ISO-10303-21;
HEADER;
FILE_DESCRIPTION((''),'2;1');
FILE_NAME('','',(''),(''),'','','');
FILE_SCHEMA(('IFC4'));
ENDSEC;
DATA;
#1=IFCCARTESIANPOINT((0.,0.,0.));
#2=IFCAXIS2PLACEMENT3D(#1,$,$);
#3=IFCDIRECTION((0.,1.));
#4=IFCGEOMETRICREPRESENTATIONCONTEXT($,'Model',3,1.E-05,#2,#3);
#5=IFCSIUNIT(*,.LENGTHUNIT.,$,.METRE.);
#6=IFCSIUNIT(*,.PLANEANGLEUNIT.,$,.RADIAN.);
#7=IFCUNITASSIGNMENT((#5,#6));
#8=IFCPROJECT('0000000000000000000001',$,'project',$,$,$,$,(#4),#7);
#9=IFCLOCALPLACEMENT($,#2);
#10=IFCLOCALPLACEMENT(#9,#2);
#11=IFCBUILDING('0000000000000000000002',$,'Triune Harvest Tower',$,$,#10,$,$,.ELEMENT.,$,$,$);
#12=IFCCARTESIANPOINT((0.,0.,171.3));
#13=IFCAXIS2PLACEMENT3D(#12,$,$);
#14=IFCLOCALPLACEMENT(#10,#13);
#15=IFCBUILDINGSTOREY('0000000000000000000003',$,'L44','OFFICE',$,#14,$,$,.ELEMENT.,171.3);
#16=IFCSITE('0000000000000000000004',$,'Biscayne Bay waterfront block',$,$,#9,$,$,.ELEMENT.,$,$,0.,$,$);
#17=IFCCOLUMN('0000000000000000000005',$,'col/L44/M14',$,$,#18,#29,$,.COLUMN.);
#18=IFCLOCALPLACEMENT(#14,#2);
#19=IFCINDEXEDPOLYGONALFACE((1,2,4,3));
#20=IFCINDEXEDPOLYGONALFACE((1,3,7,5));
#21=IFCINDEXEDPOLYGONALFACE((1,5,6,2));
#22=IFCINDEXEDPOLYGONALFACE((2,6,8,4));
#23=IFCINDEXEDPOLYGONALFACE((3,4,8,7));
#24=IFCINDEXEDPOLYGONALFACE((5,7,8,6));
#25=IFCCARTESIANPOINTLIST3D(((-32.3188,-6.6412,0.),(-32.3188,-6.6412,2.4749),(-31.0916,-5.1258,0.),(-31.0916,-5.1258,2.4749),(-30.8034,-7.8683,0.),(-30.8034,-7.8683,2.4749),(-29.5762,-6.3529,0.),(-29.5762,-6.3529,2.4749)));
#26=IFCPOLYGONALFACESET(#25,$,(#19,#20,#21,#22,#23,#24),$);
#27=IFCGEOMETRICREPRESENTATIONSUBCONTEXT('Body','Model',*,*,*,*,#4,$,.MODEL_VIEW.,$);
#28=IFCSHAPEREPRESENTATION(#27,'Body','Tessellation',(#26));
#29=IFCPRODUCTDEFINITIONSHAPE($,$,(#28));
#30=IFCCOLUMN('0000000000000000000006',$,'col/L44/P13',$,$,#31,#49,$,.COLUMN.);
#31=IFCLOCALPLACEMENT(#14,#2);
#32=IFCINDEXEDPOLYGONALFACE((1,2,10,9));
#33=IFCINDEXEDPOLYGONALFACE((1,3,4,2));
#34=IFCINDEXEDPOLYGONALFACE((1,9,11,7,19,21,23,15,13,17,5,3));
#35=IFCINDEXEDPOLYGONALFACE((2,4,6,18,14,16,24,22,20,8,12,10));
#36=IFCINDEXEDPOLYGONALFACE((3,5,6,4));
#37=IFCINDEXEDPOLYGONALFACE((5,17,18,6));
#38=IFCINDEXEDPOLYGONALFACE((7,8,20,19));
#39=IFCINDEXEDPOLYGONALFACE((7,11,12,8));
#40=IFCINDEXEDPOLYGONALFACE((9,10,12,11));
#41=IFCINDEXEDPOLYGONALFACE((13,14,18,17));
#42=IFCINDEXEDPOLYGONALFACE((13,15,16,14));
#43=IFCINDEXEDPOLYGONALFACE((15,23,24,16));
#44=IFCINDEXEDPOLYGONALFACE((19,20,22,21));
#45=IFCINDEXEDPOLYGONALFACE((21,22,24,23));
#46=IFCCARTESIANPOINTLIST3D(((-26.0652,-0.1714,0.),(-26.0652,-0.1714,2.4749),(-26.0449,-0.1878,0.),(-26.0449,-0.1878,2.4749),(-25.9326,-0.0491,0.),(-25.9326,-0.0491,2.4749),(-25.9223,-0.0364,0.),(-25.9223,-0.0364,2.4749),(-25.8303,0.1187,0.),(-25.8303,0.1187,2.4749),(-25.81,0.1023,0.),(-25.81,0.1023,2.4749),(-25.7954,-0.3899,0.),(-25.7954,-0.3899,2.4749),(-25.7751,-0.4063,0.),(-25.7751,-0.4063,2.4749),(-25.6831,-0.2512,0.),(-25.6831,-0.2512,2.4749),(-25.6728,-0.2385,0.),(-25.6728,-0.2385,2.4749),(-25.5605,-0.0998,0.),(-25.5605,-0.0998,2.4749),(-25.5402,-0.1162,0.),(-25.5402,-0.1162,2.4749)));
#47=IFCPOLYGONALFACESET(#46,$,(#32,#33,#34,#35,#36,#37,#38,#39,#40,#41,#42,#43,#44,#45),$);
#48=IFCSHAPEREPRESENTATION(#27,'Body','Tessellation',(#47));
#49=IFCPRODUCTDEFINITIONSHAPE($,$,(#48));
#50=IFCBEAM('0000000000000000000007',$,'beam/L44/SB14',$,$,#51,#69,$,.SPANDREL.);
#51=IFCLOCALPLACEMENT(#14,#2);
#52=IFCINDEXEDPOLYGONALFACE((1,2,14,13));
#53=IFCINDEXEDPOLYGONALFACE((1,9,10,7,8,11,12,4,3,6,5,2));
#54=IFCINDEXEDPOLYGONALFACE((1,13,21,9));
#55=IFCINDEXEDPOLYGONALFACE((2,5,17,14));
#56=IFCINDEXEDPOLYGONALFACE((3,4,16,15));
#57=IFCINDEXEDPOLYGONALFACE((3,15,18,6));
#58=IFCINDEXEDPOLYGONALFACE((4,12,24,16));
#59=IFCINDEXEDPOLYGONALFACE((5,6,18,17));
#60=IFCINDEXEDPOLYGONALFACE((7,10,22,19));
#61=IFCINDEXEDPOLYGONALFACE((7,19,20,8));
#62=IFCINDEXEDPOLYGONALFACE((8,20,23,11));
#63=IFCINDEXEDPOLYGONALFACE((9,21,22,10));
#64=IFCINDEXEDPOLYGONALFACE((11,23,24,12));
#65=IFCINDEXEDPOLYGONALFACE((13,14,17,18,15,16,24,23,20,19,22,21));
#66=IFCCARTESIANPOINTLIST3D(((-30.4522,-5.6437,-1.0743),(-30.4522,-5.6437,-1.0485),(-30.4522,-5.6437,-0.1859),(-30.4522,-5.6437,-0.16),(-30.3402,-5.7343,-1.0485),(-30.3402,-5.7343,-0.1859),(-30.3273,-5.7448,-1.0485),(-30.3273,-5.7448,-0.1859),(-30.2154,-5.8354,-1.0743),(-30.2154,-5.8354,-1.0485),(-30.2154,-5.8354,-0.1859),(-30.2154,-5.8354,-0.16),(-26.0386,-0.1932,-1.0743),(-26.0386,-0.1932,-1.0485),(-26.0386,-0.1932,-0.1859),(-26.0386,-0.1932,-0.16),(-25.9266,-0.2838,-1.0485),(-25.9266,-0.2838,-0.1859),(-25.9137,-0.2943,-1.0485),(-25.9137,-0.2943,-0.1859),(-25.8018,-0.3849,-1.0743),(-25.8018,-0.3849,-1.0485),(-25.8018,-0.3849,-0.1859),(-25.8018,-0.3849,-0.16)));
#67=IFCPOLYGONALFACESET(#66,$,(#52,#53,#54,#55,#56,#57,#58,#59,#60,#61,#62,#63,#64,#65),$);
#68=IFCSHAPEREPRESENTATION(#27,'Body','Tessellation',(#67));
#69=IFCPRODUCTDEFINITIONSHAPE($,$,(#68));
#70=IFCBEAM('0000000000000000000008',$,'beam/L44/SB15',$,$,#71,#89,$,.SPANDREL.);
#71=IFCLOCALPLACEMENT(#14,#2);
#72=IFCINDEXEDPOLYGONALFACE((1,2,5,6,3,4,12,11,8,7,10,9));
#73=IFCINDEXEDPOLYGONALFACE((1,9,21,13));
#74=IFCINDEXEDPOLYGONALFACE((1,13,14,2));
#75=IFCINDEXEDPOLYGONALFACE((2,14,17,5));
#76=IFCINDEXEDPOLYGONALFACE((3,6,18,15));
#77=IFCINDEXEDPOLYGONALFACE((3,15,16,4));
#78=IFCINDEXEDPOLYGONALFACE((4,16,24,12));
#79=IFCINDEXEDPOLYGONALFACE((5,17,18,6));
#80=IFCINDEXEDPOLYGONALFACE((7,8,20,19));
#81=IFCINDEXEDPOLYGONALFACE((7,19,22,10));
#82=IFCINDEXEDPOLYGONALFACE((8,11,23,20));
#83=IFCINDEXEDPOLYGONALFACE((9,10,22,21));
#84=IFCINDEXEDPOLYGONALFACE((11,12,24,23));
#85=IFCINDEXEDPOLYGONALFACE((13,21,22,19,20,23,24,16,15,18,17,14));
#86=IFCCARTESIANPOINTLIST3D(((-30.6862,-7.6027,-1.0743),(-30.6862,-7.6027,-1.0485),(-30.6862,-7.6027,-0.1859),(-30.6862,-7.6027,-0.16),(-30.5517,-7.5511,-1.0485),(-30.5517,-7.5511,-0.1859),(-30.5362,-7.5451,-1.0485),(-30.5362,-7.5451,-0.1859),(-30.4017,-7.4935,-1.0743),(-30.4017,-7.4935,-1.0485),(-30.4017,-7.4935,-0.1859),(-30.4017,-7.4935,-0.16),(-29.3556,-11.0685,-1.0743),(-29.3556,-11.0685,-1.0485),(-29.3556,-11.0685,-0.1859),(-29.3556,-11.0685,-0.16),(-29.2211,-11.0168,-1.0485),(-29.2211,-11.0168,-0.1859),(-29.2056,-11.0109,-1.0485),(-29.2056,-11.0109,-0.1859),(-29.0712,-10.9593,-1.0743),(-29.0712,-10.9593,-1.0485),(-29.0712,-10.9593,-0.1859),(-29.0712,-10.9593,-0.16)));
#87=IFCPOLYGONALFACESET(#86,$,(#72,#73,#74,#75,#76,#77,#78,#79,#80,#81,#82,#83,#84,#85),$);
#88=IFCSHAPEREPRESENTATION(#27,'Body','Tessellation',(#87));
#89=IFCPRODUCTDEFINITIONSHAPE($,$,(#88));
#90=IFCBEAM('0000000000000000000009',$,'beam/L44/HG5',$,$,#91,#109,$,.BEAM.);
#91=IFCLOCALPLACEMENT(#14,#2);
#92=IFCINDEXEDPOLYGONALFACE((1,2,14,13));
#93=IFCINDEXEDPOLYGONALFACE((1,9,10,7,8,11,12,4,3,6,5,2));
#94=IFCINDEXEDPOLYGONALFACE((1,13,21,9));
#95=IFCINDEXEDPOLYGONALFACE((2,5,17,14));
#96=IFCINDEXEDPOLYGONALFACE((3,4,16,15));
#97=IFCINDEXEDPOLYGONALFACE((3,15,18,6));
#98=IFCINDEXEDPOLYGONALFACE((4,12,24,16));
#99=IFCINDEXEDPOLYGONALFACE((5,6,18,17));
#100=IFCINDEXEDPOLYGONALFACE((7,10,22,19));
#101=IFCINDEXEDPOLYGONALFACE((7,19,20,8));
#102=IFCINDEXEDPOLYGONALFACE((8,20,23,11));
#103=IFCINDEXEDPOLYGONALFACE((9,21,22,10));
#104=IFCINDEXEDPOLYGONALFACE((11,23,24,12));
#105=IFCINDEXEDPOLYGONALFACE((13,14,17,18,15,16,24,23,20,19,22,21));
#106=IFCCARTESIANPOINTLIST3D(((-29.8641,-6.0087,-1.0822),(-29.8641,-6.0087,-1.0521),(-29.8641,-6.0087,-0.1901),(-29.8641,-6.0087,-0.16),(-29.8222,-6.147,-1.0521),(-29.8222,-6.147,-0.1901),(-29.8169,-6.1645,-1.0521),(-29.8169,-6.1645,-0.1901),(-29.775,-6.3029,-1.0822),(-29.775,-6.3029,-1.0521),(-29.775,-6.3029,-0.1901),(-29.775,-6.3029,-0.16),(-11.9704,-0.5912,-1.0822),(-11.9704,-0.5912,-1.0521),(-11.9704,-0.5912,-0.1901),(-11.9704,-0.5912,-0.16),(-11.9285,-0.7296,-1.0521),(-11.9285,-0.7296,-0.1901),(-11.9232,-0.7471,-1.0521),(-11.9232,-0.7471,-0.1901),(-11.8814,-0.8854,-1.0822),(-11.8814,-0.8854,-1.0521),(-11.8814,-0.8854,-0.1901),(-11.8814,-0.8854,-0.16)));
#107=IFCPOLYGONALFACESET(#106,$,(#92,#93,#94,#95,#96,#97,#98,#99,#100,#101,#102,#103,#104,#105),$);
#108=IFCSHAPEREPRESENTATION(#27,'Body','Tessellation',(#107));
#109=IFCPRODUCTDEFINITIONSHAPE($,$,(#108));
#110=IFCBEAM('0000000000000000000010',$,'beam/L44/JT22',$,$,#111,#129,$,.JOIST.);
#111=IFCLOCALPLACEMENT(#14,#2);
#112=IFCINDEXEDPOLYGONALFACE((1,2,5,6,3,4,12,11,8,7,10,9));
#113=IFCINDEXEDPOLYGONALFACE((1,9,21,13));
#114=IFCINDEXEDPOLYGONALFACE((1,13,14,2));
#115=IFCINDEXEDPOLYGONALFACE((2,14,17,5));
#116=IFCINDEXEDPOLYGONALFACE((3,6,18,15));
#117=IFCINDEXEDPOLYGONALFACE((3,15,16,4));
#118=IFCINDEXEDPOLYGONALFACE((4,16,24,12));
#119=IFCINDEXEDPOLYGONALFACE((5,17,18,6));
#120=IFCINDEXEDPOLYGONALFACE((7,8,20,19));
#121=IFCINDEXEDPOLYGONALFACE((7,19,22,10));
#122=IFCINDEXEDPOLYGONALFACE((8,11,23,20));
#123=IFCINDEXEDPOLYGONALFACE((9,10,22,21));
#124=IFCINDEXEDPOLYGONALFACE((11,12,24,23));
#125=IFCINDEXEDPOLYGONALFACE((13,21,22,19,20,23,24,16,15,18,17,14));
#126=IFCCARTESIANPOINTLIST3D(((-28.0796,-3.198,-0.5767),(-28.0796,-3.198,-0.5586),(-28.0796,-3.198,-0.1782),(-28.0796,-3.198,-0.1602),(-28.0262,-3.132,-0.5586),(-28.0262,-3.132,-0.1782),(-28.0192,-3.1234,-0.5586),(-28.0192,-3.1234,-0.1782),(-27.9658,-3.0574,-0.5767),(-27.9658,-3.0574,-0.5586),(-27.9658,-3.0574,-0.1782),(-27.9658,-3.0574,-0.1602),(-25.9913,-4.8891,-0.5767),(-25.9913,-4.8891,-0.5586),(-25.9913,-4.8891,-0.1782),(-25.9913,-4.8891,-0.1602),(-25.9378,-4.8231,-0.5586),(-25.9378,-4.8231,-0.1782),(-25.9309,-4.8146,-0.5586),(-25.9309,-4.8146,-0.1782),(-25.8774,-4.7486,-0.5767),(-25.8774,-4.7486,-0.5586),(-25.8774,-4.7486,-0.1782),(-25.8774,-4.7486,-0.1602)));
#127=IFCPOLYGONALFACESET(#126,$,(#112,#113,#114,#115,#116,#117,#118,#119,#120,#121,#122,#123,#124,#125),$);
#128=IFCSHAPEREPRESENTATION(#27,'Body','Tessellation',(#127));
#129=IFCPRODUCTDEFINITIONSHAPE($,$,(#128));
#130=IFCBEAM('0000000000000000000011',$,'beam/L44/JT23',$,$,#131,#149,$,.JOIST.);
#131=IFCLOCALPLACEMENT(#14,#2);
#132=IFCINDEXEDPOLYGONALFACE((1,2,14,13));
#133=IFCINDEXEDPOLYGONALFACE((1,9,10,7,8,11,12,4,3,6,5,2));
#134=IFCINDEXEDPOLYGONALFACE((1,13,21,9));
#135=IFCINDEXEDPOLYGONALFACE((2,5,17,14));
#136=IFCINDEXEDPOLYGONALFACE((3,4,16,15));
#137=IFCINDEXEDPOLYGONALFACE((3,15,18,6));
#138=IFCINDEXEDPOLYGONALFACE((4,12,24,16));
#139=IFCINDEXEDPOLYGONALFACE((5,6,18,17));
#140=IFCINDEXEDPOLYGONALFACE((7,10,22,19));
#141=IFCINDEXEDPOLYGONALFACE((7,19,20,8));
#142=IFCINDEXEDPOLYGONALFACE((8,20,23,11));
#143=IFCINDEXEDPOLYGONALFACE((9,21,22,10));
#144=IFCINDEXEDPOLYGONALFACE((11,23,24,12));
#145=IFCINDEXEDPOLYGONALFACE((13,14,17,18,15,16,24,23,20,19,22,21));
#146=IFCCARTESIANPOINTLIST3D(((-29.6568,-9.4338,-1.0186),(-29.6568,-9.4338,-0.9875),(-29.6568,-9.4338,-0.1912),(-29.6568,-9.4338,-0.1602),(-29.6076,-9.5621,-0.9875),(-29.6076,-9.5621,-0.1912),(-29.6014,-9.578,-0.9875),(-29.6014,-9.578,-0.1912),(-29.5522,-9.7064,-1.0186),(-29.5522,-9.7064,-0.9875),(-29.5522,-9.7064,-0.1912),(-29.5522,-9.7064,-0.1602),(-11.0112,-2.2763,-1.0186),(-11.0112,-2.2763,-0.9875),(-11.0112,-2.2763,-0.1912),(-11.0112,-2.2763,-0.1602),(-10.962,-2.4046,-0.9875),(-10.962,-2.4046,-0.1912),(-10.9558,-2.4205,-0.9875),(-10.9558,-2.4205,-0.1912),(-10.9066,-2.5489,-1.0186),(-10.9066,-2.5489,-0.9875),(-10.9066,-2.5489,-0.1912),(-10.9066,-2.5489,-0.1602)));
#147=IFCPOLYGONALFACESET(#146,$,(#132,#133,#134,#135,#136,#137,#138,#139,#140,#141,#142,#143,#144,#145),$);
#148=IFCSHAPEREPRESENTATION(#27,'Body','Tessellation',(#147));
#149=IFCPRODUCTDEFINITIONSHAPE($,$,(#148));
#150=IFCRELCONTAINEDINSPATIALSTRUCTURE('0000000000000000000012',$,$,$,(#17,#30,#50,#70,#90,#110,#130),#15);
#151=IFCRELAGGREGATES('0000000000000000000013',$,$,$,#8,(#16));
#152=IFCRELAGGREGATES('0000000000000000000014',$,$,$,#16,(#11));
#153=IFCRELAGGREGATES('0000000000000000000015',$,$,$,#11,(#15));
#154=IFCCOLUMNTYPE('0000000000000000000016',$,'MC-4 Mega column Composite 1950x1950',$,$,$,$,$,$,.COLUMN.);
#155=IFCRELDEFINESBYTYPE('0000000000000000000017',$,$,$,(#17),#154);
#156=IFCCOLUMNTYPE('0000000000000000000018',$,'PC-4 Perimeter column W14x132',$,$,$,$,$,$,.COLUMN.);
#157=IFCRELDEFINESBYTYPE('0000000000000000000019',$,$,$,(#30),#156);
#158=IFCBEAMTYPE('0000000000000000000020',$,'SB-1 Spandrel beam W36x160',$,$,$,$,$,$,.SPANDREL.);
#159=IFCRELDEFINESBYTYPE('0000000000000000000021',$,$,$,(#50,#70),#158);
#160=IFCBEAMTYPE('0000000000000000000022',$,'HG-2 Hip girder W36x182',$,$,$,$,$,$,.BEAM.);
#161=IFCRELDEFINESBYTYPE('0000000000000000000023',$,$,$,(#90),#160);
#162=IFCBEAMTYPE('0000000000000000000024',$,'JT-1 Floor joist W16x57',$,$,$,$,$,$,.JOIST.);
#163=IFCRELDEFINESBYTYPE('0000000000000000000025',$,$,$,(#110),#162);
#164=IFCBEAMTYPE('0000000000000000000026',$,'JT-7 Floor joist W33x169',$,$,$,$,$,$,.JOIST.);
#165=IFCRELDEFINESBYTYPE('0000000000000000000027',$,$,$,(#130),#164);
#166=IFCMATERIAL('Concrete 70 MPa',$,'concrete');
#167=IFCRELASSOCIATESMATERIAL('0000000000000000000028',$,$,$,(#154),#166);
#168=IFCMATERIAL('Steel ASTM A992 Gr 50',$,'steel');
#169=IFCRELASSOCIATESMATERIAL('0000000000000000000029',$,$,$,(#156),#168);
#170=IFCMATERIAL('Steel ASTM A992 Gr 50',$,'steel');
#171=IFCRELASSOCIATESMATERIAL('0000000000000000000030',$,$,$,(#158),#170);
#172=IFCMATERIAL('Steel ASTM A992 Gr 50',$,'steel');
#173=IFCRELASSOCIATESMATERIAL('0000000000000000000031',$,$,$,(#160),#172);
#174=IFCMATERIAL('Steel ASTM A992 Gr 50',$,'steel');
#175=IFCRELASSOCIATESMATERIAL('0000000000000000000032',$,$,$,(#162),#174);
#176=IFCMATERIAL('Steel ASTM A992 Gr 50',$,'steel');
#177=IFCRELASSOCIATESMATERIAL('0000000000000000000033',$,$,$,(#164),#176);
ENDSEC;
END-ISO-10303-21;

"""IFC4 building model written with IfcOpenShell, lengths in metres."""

from ifc_helpers import new_model, si_unit, direction, frame, origin, origin_2d, place, context, subcontext, project, spatial, rectangle, i_section, extrude, source, transform, mapped, material, material_profile, profile_set, type_object, element, save


model = new_model("IFC4")

# Units and contexts
model_context = context("Model", 3, precision=1e-05, world=origin(), true_north=direction((0.0, 1.0)))
body_context = subcontext(model_context, "Body", "Model", "MODEL_VIEW")
ifc_project = project(units=[si_unit("LENGTHUNIT", "METRE"), si_unit("PLANEANGLEUNIT", "RADIAN")], contexts=[model_context])

# Site, building, storey
site_placement = place(None, origin())
site = spatial("IfcSite", under=ifc_project, at=site_placement, Name="Biscayne Bay waterfront block", CompositionType="ELEMENT", RefElevation=0.0)
building_placement = place(site_placement, origin())
building = spatial("IfcBuilding", under=site, at=building_placement, Name="Triune Harvest Tower", CompositionType="ELEMENT")
storey_placement = place(building_placement, frame((0.0, 0.0, 171.3)))
storey = spatial("IfcBuildingStorey", under=building, at=storey_placement, Name="L44", Description="OFFICE", CompositionType="ELEMENT", Elevation=171.3)

# Columns
ifc_material_1 = material(Name="Concrete 70 MPa", Category="concrete")
ifc_material_profile_1 = material_profile(ifc_material_1, rectangle(XDim=1.95, YDim=1.95, at=origin_2d()), Name="Composite 1950x1950")
ifc_profile_set_1 = profile_set([ifc_material_profile_1], Name="Concrete 70 MPa")
column_type_1 = type_object("IfcColumnType", Name="MC-4 Mega column Composite 1950x1950", PredefinedType="COLUMN", material=ifc_profile_set_1)
shared_shape_1 = source(origin(), body_context, "Body", "SweptSolid", [
    extrude(rectangle(XDim=1.95, YDim=1.95, at=origin_2d()), origin(), (0.0, 0.0, 1.0), 2.4749),
])
column_1_placement = place(storey_placement, frame((-30.9475, -6.4971, 0.0), z_axis=(0.0, 0.0, 1.0), x_axis=(-0.629322, -0.777145, 0.0)))
element("IfcColumn", 1, at=column_1_placement, inside=storey, type_object=column_type_1, Name="col/L44/M14", PredefinedType="COLUMN", context=body_context, shape_type="MappedRepresentation", body=[
    mapped(shared_shape_1, transform((0.0, 0.0, 0.0), scale=1.0)),
])
ifc_material_2 = material(Name="Steel ASTM A992 Gr 50", Category="steel")
ifc_material_profile_2 = material_profile(ifc_material_2, i_section(OverallWidth=0.3733, OverallDepth=0.3733, WebThickness=0.0164, FlangeThickness=0.0261, at=origin_2d()), Name="W14x132")
ifc_profile_set_2 = profile_set([ifc_material_profile_2], Name="Steel ASTM A992 Gr 50")
column_type_2 = type_object("IfcColumnType", Name="PC-4 Perimeter column W14x132", PredefinedType="COLUMN", material=ifc_profile_set_2)
shared_shape_2 = source(origin(), body_context, "Body", "SweptSolid", [
    extrude(i_section(OverallWidth=0.3733, OverallDepth=0.3733, WebThickness=0.0164, FlangeThickness=0.0261, at=origin_2d()), origin(), (0.0, 0.0, 1.0), 2.4749),
])
column_2_placement = place(storey_placement, frame((-25.8027, -0.1438, 0.0), z_axis=(0.0, 0.0, 1.0), x_axis=(-0.629322, -0.777145, 0.0)))
element("IfcColumn", 2, at=column_2_placement, inside=storey, type_object=column_type_2, Name="col/L44/P13", PredefinedType="COLUMN", context=body_context, shape_type="MappedRepresentation", body=[
    mapped(shared_shape_2, transform((0.0, 0.0, 0.0), scale=1.0)),
])

# Beams
ifc_material_3 = material(Name="Steel ASTM A992 Gr 50", Category="steel")
ifc_material_profile_3 = material_profile(ifc_material_3, i_section(OverallWidth=0.3047, OverallDepth=0.9143, WebThickness=0.0166, FlangeThickness=0.0259, at=origin_2d()), Name="W36x160")
ifc_profile_set_3 = profile_set([ifc_material_profile_3], Name="Steel ASTM A992 Gr 50")
beam_type_1 = type_object("IfcBeamType", Name="SB-1 Spandrel beam W36x160", PredefinedType="SPANDREL", material=ifc_profile_set_3)
shared_shape_3 = source(origin(), body_context, "Body", "SweptSolid", [
    extrude(i_section(OverallWidth=0.3047, OverallDepth=0.9143, WebThickness=0.0166, FlangeThickness=0.0259, at=origin_2d()), origin(), (0.0, 0.0, 1.0), 7.0134),
])
beam_1_placement = place(storey_placement, frame((-25.9202, -0.2891, -0.6172), z_axis=(-0.629311, -0.777153, 0.0), x_axis=(0.777153, -0.629311, 0.0)))
element("IfcBeam", 3, at=beam_1_placement, inside=storey, type_object=beam_type_1, Name="beam/L44/SB14", PredefinedType="SPANDREL", context=body_context, shape_type="MappedRepresentation", body=[
    mapped(shared_shape_3, transform((0.0, 0.0, 0.0), scale=1.0)),
])
shared_shape_4 = source(origin(), body_context, "Body", "SweptSolid", [
    extrude(i_section(OverallWidth=0.3047, OverallDepth=0.9143, WebThickness=0.0166, FlangeThickness=0.0259, at=origin_2d()), origin(), (0.0, 0.0, 1.0), 3.7124),
])
beam_2_placement = place(storey_placement, frame((-30.5439, -7.5481, -0.6172), z_axis=(0.358406, -0.933566, 0.0), x_axis=(0.933566, 0.358406, 0.0)))
element("IfcBeam", 4, at=beam_2_placement, inside=storey, type_object=beam_type_1, Name="beam/L44/SB15", PredefinedType="SPANDREL", context=body_context, shape_type="MappedRepresentation", body=[
    mapped(shared_shape_4, transform((0.0, 0.0, 0.0), scale=1.0)),
])
ifc_material_4 = material(Name="Steel ASTM A992 Gr 50", Category="steel")
ifc_material_profile_4 = material_profile(ifc_material_4, i_section(OverallWidth=0.3074, OverallDepth=0.9221, WebThickness=0.0183, FlangeThickness=0.03, at=origin_2d()), Name="W36x182")
ifc_profile_set_4 = profile_set([ifc_material_profile_4], Name="Steel ASTM A992 Gr 50")
beam_type_2 = type_object("IfcBeamType", Name="HG-2 Hip girder W36x182", PredefinedType="BEAM", material=ifc_profile_set_4)
shared_shape_5 = source(origin(), body_context, "Body", "SweptSolid", [
    extrude(i_section(OverallWidth=0.3074, OverallDepth=0.9221, WebThickness=0.0183, FlangeThickness=0.03, at=origin_2d()), origin(), (0.0, 0.0, 1.0), 18.6958),
])
beam_3_placement = place(storey_placement, frame((-29.8196, -6.1558, -0.6211), z_axis=(0.957097, 0.289768, 0.0), x_axis=(-0.289768, 0.957097, 0.0)))
element("IfcBeam", 5, at=beam_3_placement, inside=storey, type_object=beam_type_2, Name="beam/L44/HG5", PredefinedType="BEAM", context=body_context, shape_type="MappedRepresentation", body=[
    mapped(shared_shape_5, transform((0.0, 0.0, 0.0), scale=1.0)),
])
ifc_material_5 = material(Name="Steel ASTM A992 Gr 50", Category="steel")
ifc_material_profile_5 = material_profile(ifc_material_5, i_section(OverallWidth=0.1809, OverallDepth=0.4165, WebThickness=0.011, FlangeThickness=0.0181, at=origin_2d()), Name="W16x57")
ifc_profile_set_5 = profile_set([ifc_material_profile_5], Name="Steel ASTM A992 Gr 50")
beam_type_3 = type_object("IfcBeamType", Name="JT-1 Floor joist W16x57", PredefinedType="JOIST", material=ifc_profile_set_5)
shared_shape_6 = source(origin(), body_context, "Body", "SweptSolid", [
    extrude(i_section(OverallWidth=0.1809, OverallDepth=0.4165, WebThickness=0.011, FlangeThickness=0.0181, at=origin_2d()), origin(), (0.0, 0.0, 1.0), 2.6873),
])
beam_4_placement = place(storey_placement, frame((-28.0227, -3.1277, -0.3684), z_axis=(0.777141, -0.629326, 0.0), x_axis=(0.629326, 0.777141, 0.0)))
element("IfcBeam", 6, at=beam_4_placement, inside=storey, type_object=beam_type_3, Name="beam/L44/JT22", PredefinedType="JOIST", context=body_context, shape_type="MappedRepresentation", body=[
    mapped(shared_shape_6, transform((0.0, 0.0, 0.0), scale=1.0)),
])
ifc_material_6 = material(Name="Steel ASTM A992 Gr 50", Category="steel")
ifc_material_profile_6 = material_profile(ifc_material_6, i_section(OverallWidth=0.292, OverallDepth=0.8584, WebThickness=0.0171, FlangeThickness=0.031, at=origin_2d()), Name="W33x169")
ifc_profile_set_6 = profile_set([ifc_material_profile_6], Name="Steel ASTM A992 Gr 50")
beam_type_4 = type_object("IfcBeamType", Name="JT-7 Floor joist W33x169", PredefinedType="JOIST", material=ifc_profile_set_6)
shared_shape_7 = source(origin(), body_context, "Body", "SweptSolid", [
    extrude(i_section(OverallWidth=0.292, OverallDepth=0.8584, WebThickness=0.0171, FlangeThickness=0.031, at=origin_2d()), origin(), (0.0, 0.0, 1.0), 19.9722),
])
beam_5_placement = place(storey_placement, frame((-29.6045, -9.5701, -0.5894), z_axis=(0.933578, 0.358374, 0.0), x_axis=(-0.358374, 0.933578, 0.0)))
element("IfcBeam", 7, at=beam_5_placement, inside=storey, type_object=beam_type_4, Name="beam/L44/JT23", PredefinedType="JOIST", context=body_context, shape_type="MappedRepresentation", body=[
    mapped(shared_shape_7, transform((0.0, 0.0, 0.0), scale=1.0)),
])

save(model, "model.ifc")
